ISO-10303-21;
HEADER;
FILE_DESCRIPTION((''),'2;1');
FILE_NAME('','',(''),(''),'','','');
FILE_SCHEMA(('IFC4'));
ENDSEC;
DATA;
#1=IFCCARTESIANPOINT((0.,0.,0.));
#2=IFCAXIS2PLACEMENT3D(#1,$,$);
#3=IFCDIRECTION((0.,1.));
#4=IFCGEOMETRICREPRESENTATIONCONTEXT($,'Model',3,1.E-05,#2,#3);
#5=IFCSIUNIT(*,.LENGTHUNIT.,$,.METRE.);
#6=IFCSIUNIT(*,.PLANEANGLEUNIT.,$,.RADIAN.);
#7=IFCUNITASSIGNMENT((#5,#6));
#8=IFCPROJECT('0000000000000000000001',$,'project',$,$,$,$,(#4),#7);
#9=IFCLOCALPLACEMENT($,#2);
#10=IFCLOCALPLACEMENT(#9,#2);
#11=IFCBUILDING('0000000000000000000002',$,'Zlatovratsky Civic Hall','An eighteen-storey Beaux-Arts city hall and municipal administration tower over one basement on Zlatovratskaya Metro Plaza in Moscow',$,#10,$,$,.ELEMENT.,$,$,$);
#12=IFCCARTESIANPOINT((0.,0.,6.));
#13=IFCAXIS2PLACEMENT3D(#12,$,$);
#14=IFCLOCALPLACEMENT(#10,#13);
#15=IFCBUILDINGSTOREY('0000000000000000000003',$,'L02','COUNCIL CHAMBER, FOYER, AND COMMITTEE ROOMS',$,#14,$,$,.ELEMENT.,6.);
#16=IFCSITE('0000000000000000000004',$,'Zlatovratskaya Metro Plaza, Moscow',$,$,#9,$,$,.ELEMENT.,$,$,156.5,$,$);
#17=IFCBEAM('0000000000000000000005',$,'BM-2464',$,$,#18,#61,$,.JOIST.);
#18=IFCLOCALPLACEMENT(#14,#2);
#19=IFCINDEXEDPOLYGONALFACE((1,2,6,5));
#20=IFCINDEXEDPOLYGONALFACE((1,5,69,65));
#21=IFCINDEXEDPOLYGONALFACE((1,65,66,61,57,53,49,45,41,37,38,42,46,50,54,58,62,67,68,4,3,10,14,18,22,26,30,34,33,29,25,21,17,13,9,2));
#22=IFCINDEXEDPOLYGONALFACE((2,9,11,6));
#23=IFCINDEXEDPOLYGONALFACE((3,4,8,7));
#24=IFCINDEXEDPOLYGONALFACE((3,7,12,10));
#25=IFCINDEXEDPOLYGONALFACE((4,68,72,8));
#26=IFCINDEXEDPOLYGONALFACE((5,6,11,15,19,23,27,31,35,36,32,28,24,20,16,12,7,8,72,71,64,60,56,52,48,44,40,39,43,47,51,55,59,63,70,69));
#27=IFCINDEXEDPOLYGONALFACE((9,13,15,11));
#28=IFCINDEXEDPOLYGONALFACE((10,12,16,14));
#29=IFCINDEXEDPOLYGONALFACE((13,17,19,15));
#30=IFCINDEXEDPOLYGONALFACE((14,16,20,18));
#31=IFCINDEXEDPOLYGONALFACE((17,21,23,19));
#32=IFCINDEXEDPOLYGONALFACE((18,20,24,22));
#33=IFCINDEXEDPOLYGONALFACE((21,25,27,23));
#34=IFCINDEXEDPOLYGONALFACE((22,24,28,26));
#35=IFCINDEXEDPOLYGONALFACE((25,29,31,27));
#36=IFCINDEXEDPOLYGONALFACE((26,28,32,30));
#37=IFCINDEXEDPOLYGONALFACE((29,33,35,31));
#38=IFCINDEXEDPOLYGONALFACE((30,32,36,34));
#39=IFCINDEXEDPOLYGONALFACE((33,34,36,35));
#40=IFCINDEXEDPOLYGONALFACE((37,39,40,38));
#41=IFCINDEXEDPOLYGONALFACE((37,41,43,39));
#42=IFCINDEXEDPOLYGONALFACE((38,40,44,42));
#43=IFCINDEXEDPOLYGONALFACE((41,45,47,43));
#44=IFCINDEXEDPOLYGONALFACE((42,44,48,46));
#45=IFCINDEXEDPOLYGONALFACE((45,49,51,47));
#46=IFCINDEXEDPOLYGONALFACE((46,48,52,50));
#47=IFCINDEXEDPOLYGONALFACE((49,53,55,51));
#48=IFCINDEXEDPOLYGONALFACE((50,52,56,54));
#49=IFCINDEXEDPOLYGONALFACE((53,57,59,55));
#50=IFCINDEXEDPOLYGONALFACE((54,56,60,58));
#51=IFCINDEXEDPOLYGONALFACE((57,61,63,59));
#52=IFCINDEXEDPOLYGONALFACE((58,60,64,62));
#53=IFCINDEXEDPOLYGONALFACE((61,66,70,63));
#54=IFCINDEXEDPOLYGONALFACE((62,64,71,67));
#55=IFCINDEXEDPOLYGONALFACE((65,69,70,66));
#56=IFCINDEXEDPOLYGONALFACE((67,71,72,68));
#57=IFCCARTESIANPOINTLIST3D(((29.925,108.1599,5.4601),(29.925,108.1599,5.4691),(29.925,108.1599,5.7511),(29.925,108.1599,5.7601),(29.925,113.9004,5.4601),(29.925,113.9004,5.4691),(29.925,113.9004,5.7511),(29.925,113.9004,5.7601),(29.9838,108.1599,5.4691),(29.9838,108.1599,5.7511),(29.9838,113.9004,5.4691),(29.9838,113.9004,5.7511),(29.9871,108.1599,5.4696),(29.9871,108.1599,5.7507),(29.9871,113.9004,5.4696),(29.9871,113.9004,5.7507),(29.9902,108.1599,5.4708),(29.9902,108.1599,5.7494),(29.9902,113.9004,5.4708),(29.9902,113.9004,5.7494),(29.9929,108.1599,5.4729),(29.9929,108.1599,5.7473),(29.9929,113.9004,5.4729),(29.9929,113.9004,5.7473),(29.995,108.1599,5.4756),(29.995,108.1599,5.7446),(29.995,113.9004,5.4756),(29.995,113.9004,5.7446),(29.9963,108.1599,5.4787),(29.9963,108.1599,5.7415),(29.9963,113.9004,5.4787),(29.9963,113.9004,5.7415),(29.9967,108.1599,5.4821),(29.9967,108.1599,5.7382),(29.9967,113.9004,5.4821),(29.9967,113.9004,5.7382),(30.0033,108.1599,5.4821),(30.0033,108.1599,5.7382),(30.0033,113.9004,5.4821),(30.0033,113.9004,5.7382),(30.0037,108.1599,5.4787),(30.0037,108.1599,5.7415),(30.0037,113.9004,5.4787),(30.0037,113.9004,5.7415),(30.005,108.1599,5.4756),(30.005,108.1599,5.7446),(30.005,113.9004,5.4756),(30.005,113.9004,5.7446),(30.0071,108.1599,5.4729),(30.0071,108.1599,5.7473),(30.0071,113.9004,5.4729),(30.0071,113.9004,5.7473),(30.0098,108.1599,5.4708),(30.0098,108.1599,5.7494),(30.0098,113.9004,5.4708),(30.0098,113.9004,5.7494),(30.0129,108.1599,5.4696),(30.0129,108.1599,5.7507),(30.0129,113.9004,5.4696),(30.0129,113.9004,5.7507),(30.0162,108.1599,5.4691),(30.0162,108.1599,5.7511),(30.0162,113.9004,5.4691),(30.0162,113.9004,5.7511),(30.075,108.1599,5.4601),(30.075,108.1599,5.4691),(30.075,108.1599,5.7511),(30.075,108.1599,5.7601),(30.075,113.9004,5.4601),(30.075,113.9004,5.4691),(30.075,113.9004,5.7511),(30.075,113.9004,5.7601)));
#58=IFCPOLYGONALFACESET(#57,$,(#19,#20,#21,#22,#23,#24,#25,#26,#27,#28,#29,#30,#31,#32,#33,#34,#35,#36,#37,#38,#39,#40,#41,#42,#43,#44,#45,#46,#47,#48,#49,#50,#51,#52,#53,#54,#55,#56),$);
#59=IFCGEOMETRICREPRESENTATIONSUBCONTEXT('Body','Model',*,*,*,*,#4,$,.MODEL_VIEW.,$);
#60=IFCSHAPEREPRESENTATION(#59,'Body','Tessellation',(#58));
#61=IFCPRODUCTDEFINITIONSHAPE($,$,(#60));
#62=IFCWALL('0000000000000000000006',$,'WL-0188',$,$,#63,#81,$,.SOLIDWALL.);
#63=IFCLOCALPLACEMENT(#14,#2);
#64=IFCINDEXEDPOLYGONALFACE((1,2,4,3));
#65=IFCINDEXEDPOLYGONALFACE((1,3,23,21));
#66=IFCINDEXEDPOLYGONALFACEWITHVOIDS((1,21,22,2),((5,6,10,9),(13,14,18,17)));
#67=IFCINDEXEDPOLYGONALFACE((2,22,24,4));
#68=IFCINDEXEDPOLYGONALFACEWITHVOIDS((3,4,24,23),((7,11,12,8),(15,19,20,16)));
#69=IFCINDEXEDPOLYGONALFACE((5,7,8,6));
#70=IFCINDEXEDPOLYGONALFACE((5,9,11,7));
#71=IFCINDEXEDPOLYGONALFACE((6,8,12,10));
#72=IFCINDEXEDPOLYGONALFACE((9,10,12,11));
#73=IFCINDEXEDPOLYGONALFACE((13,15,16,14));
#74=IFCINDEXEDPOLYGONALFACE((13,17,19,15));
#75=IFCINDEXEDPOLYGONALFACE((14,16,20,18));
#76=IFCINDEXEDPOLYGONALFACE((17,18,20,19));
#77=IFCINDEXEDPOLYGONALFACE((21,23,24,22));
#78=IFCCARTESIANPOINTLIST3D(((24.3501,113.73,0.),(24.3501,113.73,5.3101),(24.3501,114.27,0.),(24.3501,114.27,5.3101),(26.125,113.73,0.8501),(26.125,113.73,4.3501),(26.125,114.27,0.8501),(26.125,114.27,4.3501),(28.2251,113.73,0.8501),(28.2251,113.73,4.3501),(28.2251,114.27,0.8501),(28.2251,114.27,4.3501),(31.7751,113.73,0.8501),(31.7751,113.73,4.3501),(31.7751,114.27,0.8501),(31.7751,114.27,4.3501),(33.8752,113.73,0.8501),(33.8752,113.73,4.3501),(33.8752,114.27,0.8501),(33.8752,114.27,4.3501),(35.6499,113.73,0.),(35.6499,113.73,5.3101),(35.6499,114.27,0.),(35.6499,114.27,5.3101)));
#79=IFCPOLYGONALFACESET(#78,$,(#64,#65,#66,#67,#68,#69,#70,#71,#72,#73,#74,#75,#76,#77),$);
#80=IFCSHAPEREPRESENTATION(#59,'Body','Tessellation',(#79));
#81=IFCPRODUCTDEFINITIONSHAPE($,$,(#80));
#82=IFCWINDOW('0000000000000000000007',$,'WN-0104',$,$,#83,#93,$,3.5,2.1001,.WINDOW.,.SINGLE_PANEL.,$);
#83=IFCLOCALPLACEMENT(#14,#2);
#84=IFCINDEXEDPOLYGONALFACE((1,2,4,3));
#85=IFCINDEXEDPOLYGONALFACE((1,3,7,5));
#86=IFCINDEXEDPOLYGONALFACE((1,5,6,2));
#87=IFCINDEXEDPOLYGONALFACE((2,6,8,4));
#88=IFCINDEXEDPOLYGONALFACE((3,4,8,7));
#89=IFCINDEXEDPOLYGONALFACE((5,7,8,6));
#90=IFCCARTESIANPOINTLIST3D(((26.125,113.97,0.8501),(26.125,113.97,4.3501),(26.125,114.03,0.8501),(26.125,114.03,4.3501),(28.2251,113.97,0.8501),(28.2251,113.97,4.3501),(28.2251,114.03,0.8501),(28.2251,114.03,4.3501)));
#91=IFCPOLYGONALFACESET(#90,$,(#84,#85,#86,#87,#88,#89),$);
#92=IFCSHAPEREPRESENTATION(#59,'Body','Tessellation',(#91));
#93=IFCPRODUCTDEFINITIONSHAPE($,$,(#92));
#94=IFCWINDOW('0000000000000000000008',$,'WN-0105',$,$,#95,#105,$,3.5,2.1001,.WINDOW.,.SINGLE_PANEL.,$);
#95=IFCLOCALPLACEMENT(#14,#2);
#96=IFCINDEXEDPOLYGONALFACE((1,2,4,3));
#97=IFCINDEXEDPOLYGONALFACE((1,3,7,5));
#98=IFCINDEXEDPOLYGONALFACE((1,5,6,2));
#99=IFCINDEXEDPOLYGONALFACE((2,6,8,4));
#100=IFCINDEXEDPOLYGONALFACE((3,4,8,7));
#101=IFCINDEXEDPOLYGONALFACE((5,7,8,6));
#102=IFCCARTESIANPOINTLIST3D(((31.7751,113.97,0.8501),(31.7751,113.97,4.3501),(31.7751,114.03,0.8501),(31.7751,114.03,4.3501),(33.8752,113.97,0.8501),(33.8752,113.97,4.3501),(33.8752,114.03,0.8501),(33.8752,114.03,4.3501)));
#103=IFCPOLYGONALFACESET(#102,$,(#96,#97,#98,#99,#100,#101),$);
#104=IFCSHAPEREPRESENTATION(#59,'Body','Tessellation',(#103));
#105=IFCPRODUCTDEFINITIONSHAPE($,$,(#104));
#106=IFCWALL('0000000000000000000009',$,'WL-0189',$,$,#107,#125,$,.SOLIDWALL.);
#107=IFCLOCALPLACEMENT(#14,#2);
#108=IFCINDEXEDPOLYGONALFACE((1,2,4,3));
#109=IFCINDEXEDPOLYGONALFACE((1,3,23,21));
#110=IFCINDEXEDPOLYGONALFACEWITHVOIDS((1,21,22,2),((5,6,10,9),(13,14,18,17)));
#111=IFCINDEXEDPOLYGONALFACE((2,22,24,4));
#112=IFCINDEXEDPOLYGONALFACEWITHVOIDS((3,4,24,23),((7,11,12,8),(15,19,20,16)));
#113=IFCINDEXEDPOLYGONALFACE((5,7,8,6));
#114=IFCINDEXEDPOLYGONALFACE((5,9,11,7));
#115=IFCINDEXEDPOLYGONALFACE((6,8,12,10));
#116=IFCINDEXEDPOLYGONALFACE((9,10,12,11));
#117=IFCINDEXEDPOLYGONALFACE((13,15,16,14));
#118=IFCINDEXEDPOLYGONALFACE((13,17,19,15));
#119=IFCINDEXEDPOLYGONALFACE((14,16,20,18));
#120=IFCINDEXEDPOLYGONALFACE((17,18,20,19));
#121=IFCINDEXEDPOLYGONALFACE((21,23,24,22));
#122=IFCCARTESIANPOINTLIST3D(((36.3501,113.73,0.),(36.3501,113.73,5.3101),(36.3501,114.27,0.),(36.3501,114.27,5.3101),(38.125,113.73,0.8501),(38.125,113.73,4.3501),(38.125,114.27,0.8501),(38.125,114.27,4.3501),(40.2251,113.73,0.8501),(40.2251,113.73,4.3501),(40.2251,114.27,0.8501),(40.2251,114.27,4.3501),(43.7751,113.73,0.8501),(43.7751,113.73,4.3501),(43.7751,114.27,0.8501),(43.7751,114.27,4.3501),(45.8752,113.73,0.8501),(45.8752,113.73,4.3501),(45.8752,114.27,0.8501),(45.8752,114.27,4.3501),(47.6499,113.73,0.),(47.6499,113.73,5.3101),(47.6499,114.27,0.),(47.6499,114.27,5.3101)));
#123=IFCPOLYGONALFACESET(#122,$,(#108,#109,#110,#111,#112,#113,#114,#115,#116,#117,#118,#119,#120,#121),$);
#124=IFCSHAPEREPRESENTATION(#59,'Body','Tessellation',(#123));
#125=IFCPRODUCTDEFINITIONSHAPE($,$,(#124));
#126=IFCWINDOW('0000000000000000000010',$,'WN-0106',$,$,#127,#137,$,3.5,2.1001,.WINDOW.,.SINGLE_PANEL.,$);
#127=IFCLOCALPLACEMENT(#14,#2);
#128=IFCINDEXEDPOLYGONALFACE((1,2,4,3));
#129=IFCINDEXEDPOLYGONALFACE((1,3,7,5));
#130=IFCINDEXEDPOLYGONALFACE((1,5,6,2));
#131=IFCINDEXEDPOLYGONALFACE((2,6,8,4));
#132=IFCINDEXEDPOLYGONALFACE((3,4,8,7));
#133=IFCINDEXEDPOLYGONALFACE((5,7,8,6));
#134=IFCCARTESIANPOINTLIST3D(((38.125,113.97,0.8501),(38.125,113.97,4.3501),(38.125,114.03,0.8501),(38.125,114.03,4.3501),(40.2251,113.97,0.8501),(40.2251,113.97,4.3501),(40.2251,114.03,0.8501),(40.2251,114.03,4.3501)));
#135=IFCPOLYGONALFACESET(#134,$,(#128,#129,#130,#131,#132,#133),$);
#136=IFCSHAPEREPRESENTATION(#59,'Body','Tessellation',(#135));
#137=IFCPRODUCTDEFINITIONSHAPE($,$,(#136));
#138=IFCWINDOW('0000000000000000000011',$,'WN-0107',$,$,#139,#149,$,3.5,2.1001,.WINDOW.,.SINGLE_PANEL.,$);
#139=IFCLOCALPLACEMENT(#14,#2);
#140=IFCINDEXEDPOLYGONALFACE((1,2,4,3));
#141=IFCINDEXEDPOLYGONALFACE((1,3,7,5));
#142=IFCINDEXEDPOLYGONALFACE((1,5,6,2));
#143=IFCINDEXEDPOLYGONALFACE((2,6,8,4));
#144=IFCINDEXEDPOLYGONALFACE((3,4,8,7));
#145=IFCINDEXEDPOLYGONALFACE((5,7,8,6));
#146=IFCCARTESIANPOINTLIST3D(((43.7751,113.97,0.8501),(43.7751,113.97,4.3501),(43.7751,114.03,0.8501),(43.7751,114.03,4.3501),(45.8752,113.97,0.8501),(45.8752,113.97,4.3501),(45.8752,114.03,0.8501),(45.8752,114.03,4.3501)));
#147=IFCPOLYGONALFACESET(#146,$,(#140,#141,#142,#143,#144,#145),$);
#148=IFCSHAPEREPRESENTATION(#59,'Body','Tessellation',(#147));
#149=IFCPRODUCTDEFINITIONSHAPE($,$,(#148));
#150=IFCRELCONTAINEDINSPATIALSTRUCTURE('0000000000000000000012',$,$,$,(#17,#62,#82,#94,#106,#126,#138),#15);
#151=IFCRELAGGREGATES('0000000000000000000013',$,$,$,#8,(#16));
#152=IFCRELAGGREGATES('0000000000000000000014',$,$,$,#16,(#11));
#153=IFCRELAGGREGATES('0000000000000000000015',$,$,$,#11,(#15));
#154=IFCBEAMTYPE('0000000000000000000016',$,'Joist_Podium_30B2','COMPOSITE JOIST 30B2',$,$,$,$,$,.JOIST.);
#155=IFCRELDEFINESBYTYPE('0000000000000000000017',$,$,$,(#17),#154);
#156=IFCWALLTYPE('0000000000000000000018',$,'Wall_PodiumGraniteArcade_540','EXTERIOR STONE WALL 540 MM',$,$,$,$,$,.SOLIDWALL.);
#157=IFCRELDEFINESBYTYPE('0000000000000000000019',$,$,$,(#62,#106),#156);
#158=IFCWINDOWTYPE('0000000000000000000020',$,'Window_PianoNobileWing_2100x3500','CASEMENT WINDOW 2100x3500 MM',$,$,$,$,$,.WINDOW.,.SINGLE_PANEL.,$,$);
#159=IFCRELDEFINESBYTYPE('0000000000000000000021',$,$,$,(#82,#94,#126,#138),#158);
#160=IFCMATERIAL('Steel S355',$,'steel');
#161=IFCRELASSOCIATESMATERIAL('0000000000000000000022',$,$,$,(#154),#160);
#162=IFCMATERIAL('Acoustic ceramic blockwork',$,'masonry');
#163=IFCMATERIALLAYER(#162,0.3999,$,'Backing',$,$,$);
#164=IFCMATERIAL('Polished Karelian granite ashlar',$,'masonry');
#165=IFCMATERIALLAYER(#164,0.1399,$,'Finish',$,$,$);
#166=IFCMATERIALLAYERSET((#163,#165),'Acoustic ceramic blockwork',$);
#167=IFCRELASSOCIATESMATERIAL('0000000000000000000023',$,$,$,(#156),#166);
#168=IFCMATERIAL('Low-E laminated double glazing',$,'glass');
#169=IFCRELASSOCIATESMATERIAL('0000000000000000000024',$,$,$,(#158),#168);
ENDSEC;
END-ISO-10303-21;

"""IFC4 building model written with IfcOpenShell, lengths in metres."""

from ifc_helpers import new_model, si_unit, direction, frame, frame_2d, origin, origin_2d, place, context, subcontext, project, spatial, rectangle, i_section, extrude, material, layer, layer_set, material_profile, profile_set, type_object, element, fill, save


model = new_model("IFC4")

# Units and contexts
model_context = context("Model", 3, precision=1e-05, world=origin(), true_north=direction((0.0, 1.0)))
body_context = subcontext(model_context, "Body", "Model", "MODEL_VIEW")
ifc_project = project(units=[si_unit("LENGTHUNIT", "METRE"), si_unit("PLANEANGLEUNIT", "RADIAN")], contexts=[model_context])

# Site, building, storey
site_placement = place(None, origin())
site = spatial("IfcSite", under=ifc_project, at=site_placement, Name="Zlatovratskaya Metro Plaza, Moscow", CompositionType="ELEMENT", RefElevation=156.5)
building_placement = place(site_placement, origin())
building = spatial("IfcBuilding", under=site, at=building_placement, Name="Zlatovratsky Civic Hall", Description="An eighteen-storey Beaux-Arts city hall and municipal administration tower over one basement on Zlatovratskaya Metro Plaza in Moscow", CompositionType="ELEMENT")
storey_placement = place(building_placement, frame((0.0, 0.0, 6.0)))
storey = spatial("IfcBuildingStorey", under=building, at=storey_placement, Name="L02", Description="COUNCIL CHAMBER, FOYER, AND COMMITTEE ROOMS", CompositionType="ELEMENT", Elevation=6.0)

# Shared definitions
ifc_material_1 = material(Name="Steel S355", Category="steel")

# Beam
ifc_material_profile_1 = material_profile(ifc_material_1, i_section(OverallWidth=0.1499, OverallDepth=0.3, WebThickness=0.0066, FlangeThickness=0.009, FilletRadius=0.0129, at=origin_2d()), Name="30B2")
ifc_profile_set_1 = profile_set([ifc_material_profile_1], Name="Steel S355")
beam_type_1 = type_object("IfcBeamType", Name="Joist_Podium_30B2", Description="COMPOSITE JOIST 30B2", PredefinedType="JOIST", material=ifc_profile_set_1)
beam_1_placement = place(storey_placement, frame((30.0, 108.1599, 5.6101), z_axis=(0.0, 1.0, 0.0), x_axis=(-1.0, 0.0, 0.0)))
element("IfcBeam", 1, at=beam_1_placement, inside=storey, type_object=beam_type_1, Name="BM-2464", PredefinedType="JOIST", context=body_context, shape_type="SweptSolid", body=[
    extrude(i_section(OverallWidth=0.1499, OverallDepth=0.3, WebThickness=0.0066, FlangeThickness=0.009, FilletRadius=0.0129, at=origin_2d()), origin(), (0.0, 0.0, 1.0), 5.7405),
])

# Walls, openings, windows
ifc_material_2 = material(Name="Acoustic ceramic blockwork", Category="masonry")
ifc_layer_1 = layer(ifc_material_2, 0.3999, Name="Backing")
ifc_material_3 = material(Name="Polished Karelian granite ashlar", Category="masonry")
ifc_layer_2 = layer(ifc_material_3, 0.1399, Name="Finish")
ifc_layer_set = layer_set([ifc_layer_1, ifc_layer_2], Name="Acoustic ceramic blockwork")
wall_type = type_object("IfcWallType", Name="Wall_PodiumGraniteArcade_540", Description="EXTERIOR STONE WALL 540 MM", PredefinedType="SOLIDWALL", material=ifc_layer_set)
wall_1_placement = place(storey_placement, frame((24.3501, 114.0, 0.0), z_axis=(0.0, 0.0, 1.0), x_axis=(1.0, 0.0, 0.0)))
wall_1 = element("IfcWall", 2, at=wall_1_placement, inside=storey, type_object=wall_type, Name="WL-0188", PredefinedType="SOLIDWALL", context=body_context, shape_type="SweptSolid", body=[
    extrude(rectangle(XDim=11.2998, YDim=0.54, at=frame_2d((5.6499, 0.0))), origin(), (0.0, 0.0, 1.0), 5.3101),
])
opening_1_placement = place(wall_1_placement, frame((1.7749, 0.0, 0.8501)))
opening_1 = element("IfcOpeningElement", 3, at=opening_1_placement, cuts=wall_1, PredefinedType="OPENING", context=body_context, shape_type="SweptSolid", body=[
    extrude(rectangle(XDim=2.1001, YDim=3.5, at=frame_2d((1.05, 1.75))), frame((0.0, 0.2849, 0.0), z_axis=(0.0, -1.0, 0.0), x_axis=(1.0, 0.0, 0.0)), (0.0, 0.0, 1.0), 0.5698),
])
opening_2_placement = place(wall_1_placement, frame((7.425, 0.0, 0.8501)))
opening_2 = element("IfcOpeningElement", 4, at=opening_2_placement, cuts=wall_1, PredefinedType="OPENING", context=body_context, shape_type="SweptSolid", body=[
    extrude(rectangle(XDim=2.1001, YDim=3.5, at=frame_2d((1.05, 1.75))), frame((0.0, 0.2849, 0.0), z_axis=(0.0, -1.0, 0.0), x_axis=(1.0, 0.0, 0.0)), (0.0, 0.0, 1.0), 0.5698),
])
ifc_material_4 = material(Name="Low-E laminated double glazing", Category="glass")
window_type = type_object("IfcWindowType", Name="Window_PianoNobileWing_2100x3500", Description="CASEMENT WINDOW 2100x3500 MM", PartitioningType="SINGLE_PANEL", PredefinedType="WINDOW", material=ifc_material_4)
window_1_placement = place(opening_1_placement, origin())
window_1 = element("IfcWindow", 5, at=window_1_placement, inside=storey, type_object=window_type, Name="WN-0104", OverallHeight=3.5, OverallWidth=2.1001, PartitioningType="SINGLE_PANEL", PredefinedType="WINDOW", context=body_context, shape_type="SweptSolid", body=[
    extrude(rectangle(XDim=2.1001, YDim=3.5, at=frame_2d((1.05, 1.75))), frame((0.0, 0.03, 0.0), z_axis=(0.0, -1.0, 0.0), x_axis=(1.0, 0.0, 0.0)), (0.0, 0.0, 1.0), 0.0601),
])
fill(opening_1, window_1)
window_2_placement = place(opening_2_placement, origin())
window_2 = element("IfcWindow", 6, at=window_2_placement, inside=storey, type_object=window_type, Name="WN-0105", OverallHeight=3.5, OverallWidth=2.1001, PartitioningType="SINGLE_PANEL", PredefinedType="WINDOW", context=body_context, shape_type="SweptSolid", body=[
    extrude(rectangle(XDim=2.1001, YDim=3.5, at=frame_2d((1.05, 1.75))), frame((0.0, 0.03, 0.0), z_axis=(0.0, -1.0, 0.0), x_axis=(1.0, 0.0, 0.0)), (0.0, 0.0, 1.0), 0.0601),
])
fill(opening_2, window_2)
wall_2_placement = place(storey_placement, frame((36.3501, 114.0, 0.0), z_axis=(0.0, 0.0, 1.0), x_axis=(1.0, 0.0, 0.0)))
wall_2 = element("IfcWall", 7, at=wall_2_placement, inside=storey, type_object=wall_type, Name="WL-0189", PredefinedType="SOLIDWALL", context=body_context, shape_type="SweptSolid", body=[
    extrude(rectangle(XDim=11.2998, YDim=0.54, at=frame_2d((5.6499, 0.0))), origin(), (0.0, 0.0, 1.0), 5.3101),
])
opening_3_placement = place(wall_2_placement, frame((1.7749, 0.0, 0.8501)))
opening_3 = element("IfcOpeningElement", 8, at=opening_3_placement, cuts=wall_2, PredefinedType="OPENING", context=body_context, shape_type="SweptSolid", body=[
    extrude(rectangle(XDim=2.1001, YDim=3.5, at=frame_2d((1.05, 1.75))), frame((0.0, 0.2849, 0.0), z_axis=(0.0, -1.0, 0.0), x_axis=(1.0, 0.0, 0.0)), (0.0, 0.0, 1.0), 0.5698),
])
opening_4_placement = place(wall_2_placement, frame((7.425, 0.0, 0.8501)))
opening_4 = element("IfcOpeningElement", 9, at=opening_4_placement, cuts=wall_2, PredefinedType="OPENING", context=body_context, shape_type="SweptSolid", body=[
    extrude(rectangle(XDim=2.1001, YDim=3.5, at=frame_2d((1.05, 1.75))), frame((0.0, 0.2849, 0.0), z_axis=(0.0, -1.0, 0.0), x_axis=(1.0, 0.0, 0.0)), (0.0, 0.0, 1.0), 0.5698),
])
window_3_placement = place(opening_3_placement, origin())
window_3 = element("IfcWindow", 10, at=window_3_placement, inside=storey, type_object=window_type, Name="WN-0106", OverallHeight=3.5, OverallWidth=2.1001, PartitioningType="SINGLE_PANEL", PredefinedType="WINDOW", context=body_context, shape_type="SweptSolid", body=[
    extrude(rectangle(XDim=2.1001, YDim=3.5, at=frame_2d((1.05, 1.75))), frame((0.0, 0.03, 0.0), z_axis=(0.0, -1.0, 0.0), x_axis=(1.0, 0.0, 0.0)), (0.0, 0.0, 1.0), 0.0601),
])
fill(opening_3, window_3)
window_4_placement = place(opening_4_placement, origin())
window_4 = element("IfcWindow", 11, at=window_4_placement, inside=storey, type_object=window_type, Name="WN-0107", OverallHeight=3.5, OverallWidth=2.1001, PartitioningType="SINGLE_PANEL", PredefinedType="WINDOW", context=body_context, shape_type="SweptSolid", body=[
    extrude(rectangle(XDim=2.1001, YDim=3.5, at=frame_2d((1.05, 1.75))), frame((0.0, 0.03, 0.0), z_axis=(0.0, -1.0, 0.0), x_axis=(1.0, 0.0, 0.0)), (0.0, 0.0, 1.0), 0.0601),
])
fill(opening_4, window_4)

save(model, "model.ifc")
